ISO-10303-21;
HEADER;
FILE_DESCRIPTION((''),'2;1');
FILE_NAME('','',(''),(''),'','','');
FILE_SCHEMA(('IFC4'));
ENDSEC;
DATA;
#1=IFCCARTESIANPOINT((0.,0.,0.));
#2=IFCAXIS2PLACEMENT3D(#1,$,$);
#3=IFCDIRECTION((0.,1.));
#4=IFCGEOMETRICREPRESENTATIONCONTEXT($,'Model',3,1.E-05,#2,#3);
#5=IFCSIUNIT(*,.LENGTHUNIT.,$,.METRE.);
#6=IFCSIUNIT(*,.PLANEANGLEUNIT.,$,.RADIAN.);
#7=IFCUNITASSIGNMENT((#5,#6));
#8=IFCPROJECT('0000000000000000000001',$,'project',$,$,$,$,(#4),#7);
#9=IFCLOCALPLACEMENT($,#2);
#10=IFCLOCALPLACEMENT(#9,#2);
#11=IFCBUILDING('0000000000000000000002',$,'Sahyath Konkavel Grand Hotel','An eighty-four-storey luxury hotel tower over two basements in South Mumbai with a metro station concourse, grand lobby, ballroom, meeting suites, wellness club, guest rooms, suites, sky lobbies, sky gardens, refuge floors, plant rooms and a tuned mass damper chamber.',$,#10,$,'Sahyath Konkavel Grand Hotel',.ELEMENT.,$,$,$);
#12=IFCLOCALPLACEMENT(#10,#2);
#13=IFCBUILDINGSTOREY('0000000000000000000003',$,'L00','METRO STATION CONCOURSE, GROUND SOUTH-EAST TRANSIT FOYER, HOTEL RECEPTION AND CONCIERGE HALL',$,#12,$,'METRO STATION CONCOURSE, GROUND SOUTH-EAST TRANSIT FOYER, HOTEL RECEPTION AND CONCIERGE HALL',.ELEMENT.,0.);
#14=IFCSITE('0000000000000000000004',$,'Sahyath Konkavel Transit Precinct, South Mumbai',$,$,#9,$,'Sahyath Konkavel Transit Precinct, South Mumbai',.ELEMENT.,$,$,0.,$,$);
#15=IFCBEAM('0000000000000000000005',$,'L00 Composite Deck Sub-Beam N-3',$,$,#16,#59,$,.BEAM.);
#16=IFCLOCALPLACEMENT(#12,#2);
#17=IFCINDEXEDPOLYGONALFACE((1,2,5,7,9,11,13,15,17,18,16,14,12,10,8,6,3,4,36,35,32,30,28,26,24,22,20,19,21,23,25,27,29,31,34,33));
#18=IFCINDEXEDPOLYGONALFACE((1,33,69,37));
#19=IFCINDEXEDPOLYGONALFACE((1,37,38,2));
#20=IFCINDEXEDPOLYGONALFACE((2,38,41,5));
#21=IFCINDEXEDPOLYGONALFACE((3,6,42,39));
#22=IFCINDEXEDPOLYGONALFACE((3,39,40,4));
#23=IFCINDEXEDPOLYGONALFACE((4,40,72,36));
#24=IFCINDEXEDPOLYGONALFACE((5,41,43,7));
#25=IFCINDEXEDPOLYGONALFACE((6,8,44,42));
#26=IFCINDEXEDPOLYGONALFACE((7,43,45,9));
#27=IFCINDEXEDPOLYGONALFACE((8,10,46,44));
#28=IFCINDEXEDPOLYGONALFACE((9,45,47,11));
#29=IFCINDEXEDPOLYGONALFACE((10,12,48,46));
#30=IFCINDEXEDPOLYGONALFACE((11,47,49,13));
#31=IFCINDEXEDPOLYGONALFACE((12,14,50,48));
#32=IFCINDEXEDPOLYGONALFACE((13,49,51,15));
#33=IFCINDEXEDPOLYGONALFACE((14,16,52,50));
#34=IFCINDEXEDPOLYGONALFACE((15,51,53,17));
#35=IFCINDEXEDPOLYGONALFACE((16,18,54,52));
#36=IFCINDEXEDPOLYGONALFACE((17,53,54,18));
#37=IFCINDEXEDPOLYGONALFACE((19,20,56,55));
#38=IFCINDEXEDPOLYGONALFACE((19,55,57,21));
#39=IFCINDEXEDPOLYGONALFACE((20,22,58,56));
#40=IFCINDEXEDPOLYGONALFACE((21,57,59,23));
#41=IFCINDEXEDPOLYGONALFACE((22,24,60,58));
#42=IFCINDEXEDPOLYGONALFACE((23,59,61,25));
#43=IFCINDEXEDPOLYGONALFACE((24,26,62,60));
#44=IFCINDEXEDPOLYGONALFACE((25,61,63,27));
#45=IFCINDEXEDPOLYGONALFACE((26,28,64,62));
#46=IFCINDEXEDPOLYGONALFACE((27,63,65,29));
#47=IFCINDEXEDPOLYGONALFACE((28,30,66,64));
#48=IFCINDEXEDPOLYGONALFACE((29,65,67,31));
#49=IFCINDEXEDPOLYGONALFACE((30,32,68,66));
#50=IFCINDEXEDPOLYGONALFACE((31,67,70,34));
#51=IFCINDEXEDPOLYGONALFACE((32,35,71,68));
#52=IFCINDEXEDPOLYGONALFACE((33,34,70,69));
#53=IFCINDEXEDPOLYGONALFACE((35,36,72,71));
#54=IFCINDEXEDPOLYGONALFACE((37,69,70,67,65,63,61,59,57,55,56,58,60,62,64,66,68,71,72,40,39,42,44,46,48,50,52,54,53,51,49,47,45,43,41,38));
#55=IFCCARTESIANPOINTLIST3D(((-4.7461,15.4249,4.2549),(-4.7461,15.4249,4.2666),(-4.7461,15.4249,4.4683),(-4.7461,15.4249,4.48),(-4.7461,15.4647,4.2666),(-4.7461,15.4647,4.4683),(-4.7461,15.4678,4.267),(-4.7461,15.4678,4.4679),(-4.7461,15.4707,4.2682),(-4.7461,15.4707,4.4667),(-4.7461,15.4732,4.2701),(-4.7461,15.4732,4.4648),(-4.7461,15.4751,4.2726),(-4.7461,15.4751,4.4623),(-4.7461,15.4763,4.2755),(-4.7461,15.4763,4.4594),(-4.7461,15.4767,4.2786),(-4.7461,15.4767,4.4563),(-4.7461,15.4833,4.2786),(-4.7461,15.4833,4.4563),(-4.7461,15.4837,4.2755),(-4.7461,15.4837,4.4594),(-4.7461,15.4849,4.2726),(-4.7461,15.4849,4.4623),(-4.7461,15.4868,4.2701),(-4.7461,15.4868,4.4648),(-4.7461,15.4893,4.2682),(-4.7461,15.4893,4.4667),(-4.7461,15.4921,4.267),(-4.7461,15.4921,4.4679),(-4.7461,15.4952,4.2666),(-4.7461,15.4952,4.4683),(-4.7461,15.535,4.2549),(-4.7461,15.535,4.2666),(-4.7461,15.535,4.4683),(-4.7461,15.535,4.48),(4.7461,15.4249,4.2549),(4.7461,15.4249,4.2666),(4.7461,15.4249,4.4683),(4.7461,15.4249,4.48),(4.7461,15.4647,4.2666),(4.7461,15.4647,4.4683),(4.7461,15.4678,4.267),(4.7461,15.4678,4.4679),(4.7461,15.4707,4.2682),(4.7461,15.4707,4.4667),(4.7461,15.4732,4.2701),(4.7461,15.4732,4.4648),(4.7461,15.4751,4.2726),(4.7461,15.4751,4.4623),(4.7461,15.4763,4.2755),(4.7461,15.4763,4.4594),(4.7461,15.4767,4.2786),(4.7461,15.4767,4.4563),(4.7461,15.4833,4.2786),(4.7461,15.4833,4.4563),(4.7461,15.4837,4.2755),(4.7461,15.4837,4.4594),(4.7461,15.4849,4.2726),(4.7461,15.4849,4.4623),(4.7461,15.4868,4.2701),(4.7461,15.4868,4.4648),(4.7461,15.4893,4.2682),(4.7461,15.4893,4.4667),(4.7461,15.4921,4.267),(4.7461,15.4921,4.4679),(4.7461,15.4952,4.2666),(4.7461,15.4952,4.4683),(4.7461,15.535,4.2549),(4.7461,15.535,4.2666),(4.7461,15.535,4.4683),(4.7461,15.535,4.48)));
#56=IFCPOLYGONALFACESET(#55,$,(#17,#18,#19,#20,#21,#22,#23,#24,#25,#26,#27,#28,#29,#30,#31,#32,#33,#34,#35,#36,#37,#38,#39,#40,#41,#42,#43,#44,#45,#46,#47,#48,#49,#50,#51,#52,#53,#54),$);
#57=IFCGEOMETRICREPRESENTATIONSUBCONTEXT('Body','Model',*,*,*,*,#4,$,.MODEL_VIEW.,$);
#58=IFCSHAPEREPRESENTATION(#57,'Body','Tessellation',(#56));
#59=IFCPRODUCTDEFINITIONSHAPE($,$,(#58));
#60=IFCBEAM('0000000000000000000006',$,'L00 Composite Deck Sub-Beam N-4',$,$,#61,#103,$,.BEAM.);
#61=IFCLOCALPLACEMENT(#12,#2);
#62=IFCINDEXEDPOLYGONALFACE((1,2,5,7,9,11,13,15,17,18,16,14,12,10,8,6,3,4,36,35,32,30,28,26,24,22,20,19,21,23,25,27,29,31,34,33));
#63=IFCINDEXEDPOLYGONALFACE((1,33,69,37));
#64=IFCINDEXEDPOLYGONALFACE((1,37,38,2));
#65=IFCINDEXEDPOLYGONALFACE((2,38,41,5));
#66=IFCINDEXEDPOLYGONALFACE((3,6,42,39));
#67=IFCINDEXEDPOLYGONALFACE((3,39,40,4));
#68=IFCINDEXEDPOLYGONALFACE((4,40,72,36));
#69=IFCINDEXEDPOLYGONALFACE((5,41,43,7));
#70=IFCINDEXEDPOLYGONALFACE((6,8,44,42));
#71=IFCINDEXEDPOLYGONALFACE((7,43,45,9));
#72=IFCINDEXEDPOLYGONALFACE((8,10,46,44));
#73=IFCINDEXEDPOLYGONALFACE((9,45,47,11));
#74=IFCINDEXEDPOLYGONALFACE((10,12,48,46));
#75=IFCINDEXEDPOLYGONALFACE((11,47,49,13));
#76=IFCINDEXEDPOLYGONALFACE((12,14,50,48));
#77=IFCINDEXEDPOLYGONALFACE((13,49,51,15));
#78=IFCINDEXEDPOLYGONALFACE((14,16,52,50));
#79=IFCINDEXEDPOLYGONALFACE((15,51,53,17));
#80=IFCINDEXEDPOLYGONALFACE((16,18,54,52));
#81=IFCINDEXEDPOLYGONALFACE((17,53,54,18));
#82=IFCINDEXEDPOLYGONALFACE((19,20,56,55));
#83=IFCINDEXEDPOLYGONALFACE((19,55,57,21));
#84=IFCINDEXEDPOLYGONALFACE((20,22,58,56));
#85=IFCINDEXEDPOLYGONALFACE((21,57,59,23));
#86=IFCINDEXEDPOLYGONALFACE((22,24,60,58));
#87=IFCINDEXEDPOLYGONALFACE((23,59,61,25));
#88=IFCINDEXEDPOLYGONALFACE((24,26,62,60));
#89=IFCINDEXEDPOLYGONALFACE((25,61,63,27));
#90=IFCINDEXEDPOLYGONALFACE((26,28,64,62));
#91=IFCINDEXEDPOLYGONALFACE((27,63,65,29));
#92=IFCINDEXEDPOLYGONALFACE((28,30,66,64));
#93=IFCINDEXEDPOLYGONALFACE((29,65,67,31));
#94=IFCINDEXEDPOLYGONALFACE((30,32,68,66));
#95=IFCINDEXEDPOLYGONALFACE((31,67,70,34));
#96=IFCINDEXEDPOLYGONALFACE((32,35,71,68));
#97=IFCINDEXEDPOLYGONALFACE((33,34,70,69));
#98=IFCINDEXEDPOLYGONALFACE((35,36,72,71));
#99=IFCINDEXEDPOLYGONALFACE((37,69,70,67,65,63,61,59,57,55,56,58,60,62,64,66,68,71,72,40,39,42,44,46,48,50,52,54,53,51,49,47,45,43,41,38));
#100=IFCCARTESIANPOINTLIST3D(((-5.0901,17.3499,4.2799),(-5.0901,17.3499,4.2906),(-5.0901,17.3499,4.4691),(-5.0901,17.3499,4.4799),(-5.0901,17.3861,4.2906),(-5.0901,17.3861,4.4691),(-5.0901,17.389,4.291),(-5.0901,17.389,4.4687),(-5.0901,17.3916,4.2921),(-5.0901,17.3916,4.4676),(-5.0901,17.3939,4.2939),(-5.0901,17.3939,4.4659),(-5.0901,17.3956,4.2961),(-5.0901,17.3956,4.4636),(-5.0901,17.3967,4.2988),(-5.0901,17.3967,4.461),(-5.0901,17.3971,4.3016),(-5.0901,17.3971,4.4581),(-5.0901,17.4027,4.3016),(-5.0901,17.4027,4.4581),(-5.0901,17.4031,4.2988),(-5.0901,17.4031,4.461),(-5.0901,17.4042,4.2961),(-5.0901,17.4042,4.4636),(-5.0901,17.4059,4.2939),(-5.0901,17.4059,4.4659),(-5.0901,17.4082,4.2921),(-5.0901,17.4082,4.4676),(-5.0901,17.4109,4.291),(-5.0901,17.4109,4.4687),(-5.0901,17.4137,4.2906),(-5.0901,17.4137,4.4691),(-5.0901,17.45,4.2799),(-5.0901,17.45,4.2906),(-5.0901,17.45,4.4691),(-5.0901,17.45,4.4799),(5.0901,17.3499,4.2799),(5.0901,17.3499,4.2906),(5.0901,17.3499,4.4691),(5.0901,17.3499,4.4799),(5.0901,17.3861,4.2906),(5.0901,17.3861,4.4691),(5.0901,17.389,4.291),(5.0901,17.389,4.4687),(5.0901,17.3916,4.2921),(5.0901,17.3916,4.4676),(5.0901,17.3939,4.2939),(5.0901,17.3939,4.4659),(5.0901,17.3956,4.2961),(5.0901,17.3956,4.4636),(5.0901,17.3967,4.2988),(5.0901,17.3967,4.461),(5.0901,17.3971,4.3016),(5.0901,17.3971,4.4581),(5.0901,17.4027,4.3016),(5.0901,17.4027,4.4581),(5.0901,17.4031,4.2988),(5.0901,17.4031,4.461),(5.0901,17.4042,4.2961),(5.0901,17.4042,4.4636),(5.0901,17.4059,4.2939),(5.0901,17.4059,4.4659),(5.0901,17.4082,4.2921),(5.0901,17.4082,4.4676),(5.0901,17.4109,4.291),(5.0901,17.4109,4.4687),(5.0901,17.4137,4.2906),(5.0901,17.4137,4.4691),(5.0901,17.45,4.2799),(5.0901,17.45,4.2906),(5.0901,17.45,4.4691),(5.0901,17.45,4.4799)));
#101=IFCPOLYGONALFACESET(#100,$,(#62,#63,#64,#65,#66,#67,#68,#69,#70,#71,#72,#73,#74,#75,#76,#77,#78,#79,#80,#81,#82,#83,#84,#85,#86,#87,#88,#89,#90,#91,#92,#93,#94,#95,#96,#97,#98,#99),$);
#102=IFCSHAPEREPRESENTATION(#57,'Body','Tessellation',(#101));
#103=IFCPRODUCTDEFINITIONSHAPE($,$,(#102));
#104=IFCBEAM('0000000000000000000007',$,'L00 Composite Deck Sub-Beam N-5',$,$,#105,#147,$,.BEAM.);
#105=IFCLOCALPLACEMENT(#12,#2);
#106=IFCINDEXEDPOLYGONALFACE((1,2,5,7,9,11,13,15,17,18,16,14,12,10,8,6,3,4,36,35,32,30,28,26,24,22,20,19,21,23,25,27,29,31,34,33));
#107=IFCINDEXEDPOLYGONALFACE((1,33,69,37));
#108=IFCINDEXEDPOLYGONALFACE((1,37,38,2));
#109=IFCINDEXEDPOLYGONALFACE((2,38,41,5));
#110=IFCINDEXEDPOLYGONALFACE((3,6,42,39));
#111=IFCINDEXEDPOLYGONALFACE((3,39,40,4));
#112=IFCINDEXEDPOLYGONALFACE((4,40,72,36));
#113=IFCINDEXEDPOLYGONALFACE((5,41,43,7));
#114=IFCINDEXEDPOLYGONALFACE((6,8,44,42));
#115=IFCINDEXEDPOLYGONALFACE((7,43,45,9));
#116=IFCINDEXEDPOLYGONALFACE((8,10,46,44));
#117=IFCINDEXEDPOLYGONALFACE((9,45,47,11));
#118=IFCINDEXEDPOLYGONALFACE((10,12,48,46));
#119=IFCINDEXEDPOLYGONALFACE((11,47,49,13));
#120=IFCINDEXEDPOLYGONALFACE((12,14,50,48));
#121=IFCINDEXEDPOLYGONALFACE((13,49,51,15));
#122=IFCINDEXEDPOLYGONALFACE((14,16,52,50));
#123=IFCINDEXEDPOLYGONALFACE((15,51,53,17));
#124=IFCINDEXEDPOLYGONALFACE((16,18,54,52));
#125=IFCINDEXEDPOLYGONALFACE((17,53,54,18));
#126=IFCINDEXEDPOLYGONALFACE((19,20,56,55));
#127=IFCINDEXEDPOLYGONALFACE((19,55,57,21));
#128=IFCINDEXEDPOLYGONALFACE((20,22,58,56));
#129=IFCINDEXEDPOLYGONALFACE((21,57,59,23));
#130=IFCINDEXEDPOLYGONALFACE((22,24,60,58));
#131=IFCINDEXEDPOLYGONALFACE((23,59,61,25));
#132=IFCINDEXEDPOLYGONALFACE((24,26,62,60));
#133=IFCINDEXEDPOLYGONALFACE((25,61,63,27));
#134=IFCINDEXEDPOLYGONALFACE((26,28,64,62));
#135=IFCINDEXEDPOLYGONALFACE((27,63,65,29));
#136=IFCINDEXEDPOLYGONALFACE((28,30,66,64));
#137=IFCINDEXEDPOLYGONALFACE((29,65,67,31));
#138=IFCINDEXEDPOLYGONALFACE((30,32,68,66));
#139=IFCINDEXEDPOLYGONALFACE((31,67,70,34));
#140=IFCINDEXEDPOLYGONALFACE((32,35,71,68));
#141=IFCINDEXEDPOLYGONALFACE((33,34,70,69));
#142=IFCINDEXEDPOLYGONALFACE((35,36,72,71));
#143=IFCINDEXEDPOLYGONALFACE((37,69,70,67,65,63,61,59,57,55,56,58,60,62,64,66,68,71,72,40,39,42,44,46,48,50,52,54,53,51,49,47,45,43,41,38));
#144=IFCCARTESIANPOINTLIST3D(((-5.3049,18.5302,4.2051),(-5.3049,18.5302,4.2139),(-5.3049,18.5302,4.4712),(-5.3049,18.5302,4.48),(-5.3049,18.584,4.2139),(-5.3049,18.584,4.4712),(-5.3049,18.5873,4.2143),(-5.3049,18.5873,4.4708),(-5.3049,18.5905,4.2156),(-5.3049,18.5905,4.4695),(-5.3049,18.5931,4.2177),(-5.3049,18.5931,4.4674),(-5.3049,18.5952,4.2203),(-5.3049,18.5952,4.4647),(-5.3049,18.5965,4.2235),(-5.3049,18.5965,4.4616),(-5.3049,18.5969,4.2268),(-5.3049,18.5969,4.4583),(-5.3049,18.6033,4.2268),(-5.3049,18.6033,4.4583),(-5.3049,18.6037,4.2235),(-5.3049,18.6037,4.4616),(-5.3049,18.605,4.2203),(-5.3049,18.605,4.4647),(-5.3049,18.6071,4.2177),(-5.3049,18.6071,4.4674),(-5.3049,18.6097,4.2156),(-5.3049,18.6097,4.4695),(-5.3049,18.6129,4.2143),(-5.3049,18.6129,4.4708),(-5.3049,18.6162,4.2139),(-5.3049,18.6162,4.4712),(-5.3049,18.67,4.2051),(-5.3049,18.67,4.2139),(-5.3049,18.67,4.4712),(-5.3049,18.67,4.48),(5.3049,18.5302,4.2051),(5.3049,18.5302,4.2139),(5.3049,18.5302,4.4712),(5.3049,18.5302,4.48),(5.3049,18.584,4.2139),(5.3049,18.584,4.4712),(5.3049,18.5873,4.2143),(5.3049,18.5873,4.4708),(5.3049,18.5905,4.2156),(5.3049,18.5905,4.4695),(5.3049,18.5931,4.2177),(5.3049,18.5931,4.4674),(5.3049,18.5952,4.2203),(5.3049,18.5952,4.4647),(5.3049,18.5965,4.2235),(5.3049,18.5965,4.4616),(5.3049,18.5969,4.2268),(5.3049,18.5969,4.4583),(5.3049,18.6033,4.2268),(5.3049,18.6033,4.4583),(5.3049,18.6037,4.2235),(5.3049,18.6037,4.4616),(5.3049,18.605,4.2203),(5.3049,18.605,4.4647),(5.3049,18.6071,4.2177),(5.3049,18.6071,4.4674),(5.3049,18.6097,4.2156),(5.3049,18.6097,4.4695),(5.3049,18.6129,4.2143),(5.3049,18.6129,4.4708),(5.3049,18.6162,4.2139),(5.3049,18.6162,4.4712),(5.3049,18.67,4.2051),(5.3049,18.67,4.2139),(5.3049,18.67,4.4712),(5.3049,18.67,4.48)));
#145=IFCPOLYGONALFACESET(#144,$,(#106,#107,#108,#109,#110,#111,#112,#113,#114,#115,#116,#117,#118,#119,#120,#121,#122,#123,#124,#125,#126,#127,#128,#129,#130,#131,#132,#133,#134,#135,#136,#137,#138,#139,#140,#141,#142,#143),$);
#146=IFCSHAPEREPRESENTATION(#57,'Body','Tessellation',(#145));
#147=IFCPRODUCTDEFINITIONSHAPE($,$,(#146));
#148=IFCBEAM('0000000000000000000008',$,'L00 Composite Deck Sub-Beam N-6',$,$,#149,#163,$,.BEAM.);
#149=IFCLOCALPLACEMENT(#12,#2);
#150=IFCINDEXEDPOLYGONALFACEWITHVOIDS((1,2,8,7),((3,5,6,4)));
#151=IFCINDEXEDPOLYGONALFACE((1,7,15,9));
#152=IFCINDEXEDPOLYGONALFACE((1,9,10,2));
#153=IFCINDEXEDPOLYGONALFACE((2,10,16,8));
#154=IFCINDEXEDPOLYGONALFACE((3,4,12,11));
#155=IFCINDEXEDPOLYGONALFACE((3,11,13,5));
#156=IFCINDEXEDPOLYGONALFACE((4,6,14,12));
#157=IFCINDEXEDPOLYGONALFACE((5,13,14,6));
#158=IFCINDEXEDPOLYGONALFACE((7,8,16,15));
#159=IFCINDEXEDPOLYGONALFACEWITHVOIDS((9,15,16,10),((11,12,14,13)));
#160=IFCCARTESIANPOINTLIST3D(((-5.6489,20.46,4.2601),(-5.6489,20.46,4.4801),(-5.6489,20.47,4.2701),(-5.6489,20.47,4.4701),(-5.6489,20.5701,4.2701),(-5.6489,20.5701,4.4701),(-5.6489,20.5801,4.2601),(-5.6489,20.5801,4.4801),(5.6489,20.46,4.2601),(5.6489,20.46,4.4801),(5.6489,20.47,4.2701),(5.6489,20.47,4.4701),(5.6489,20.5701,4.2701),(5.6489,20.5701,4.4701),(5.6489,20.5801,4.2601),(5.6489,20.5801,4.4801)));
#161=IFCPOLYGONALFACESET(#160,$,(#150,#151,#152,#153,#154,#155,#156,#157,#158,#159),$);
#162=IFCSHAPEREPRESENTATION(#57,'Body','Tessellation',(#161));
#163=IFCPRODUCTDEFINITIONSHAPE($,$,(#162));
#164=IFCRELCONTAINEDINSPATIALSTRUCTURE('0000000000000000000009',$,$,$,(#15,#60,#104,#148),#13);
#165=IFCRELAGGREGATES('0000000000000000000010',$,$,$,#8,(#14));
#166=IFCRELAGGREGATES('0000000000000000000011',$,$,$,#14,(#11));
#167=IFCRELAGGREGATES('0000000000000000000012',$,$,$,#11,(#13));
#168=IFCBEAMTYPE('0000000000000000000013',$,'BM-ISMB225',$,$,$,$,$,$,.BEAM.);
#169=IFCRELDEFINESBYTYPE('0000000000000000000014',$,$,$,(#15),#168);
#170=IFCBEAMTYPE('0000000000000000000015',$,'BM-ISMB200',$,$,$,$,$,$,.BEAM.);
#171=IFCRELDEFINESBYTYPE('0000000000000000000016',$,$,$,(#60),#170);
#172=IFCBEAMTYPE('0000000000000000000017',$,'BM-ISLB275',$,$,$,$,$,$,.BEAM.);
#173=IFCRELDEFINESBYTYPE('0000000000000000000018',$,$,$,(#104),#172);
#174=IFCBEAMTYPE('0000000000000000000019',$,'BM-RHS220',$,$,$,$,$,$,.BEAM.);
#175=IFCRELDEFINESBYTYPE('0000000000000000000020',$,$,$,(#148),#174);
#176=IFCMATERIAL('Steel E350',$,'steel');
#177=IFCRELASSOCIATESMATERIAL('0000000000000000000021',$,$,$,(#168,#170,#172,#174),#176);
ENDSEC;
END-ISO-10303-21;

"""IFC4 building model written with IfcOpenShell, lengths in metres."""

from ifc_helpers import new_model, si_unit, direction, frame, origin, origin_2d, place, context, subcontext, project, spatial, hollow_rectangle, i_section, extrude, source, transform, mapped, material, material_profile, profile_set, type_object, element, save


model = new_model("IFC4")

# Units and contexts
model_context = context("Model", 3, precision=1e-05, world=origin(), true_north=direction((0.0, 1.0)))
body_context = subcontext(model_context, "Body", "Model", "MODEL_VIEW")
ifc_project = project(units=[si_unit("LENGTHUNIT", "METRE"), si_unit("PLANEANGLEUNIT", "RADIAN")], contexts=[model_context])

# Site, building, storey
site_placement = place(None, origin())
site = spatial("IfcSite", under=ifc_project, at=site_placement, Name="Sahyath Konkavel Transit Precinct, South Mumbai", LongName="Sahyath Konkavel Transit Precinct, South Mumbai", CompositionType="ELEMENT", RefElevation=0.0)
building_placement = place(site_placement, origin())
building = spatial("IfcBuilding", under=site, at=building_placement, Name="Sahyath Konkavel Grand Hotel", Description="An eighty-four-storey luxury hotel tower over two basements in South Mumbai with a metro station concourse, grand lobby, ballroom, meeting suites, wellness club, guest rooms, suites, sky lobbies, sky gardens, refuge floors, plant rooms and a tuned mass damper chamber.", LongName="Sahyath Konkavel Grand Hotel", CompositionType="ELEMENT")
storey_placement = place(building_placement, origin())
storey = spatial("IfcBuildingStorey", under=building, at=storey_placement, Name="L00", Description="METRO STATION CONCOURSE, GROUND SOUTH-EAST TRANSIT FOYER, HOTEL RECEPTION AND CONCIERGE HALL", LongName="METRO STATION CONCOURSE, GROUND SOUTH-EAST TRANSIT FOYER, HOTEL RECEPTION AND CONCIERGE HALL", CompositionType="ELEMENT", Elevation=0.0)

# Beams
ifc_material_1 = material(Name="Steel E350", Category="steel")
ifc_material_profile_1 = material_profile(ifc_material_1, i_section(OverallWidth=0.1101, OverallDepth=0.2251, WebThickness=0.0066, FlangeThickness=0.0117, FilletRadius=0.012, at=origin_2d()), Name="ISMB 225")
ifc_profile_set_1 = profile_set([ifc_material_profile_1], Name="Steel E350")
beam_type_1 = type_object("IfcBeamType", Name="BM-ISMB225", PredefinedType="BEAM", material=ifc_profile_set_1)
shared_shape_1 = source(origin(), body_context, "Body", "SweptSolid", [
    extrude(i_section(OverallWidth=0.1101, OverallDepth=0.2251, WebThickness=0.0066, FlangeThickness=0.0117, FilletRadius=0.012, at=origin_2d()), origin(), (0.0, 0.0, 1.0), 9.4922),
])
beam_1_placement = place(storey_placement, frame((4.7461, 15.48, 4.3674), z_axis=(-1.0, 0.0, 0.0), x_axis=(0.0, -1.0, 0.0)))
element("IfcBeam", 1, at=beam_1_placement, inside=storey, type_object=beam_type_1, Name="L00 Composite Deck Sub-Beam N-3", PredefinedType="BEAM", context=body_context, shape_type="MappedRepresentation", body=[
    mapped(shared_shape_1, transform((0.0, 0.0, 0.0), scale=1.0)),
])
ifc_material_profile_2 = material_profile(ifc_material_1, i_section(OverallWidth=0.1001, OverallDepth=0.2, WebThickness=0.0056, FlangeThickness=0.0107, FilletRadius=0.011, at=origin_2d()), Name="ISMB 200")
ifc_profile_set_2 = profile_set([ifc_material_profile_2], Name="Steel E350")
beam_type_2 = type_object("IfcBeamType", Name="BM-ISMB200", PredefinedType="BEAM", material=ifc_profile_set_2)
shared_shape_2 = source(origin(), body_context, "Body", "SweptSolid", [
    extrude(i_section(OverallWidth=0.1001, OverallDepth=0.2, WebThickness=0.0056, FlangeThickness=0.0107, FilletRadius=0.011, at=origin_2d()), origin(), (0.0, 0.0, 1.0), 10.1802),
])
beam_2_placement = place(storey_placement, frame((5.0901, 17.3999, 4.3799), z_axis=(-1.0, 0.0, 0.0), x_axis=(0.0, -1.0, 0.0)))
element("IfcBeam", 2, at=beam_2_placement, inside=storey, type_object=beam_type_2, Name="L00 Composite Deck Sub-Beam N-4", PredefinedType="BEAM", context=body_context, shape_type="MappedRepresentation", body=[
    mapped(shared_shape_2, transform((0.0, 0.0, 0.0), scale=1.0)),
])
ifc_material_profile_3 = material_profile(ifc_material_1, i_section(OverallWidth=0.1399, OverallDepth=0.2749, WebThickness=0.0063, FlangeThickness=0.0088, FilletRadius=0.0129, at=origin_2d()), Name="ISLB 275")
ifc_profile_set_3 = profile_set([ifc_material_profile_3], Name="Steel E350")
beam_type_3 = type_object("IfcBeamType", Name="BM-ISLB275", PredefinedType="BEAM", material=ifc_profile_set_3)
shared_shape_3 = source(origin(), body_context, "Body", "SweptSolid", [
    extrude(i_section(OverallWidth=0.1399, OverallDepth=0.2749, WebThickness=0.0063, FlangeThickness=0.0088, FilletRadius=0.0129, at=origin_2d()), origin(), (0.0, 0.0, 1.0), 10.6099),
])
beam_3_placement = place(storey_placement, frame((5.3049, 18.6001, 4.3425), z_axis=(-1.0, 0.0, 0.0), x_axis=(0.0, -1.0, 0.0)))
element("IfcBeam", 3, at=beam_3_placement, inside=storey, type_object=beam_type_3, Name="L00 Composite Deck Sub-Beam N-5", PredefinedType="BEAM", context=body_context, shape_type="MappedRepresentation", body=[
    mapped(shared_shape_3, transform((0.0, 0.0, 0.0), scale=1.0)),
])
ifc_material_profile_4 = material_profile(ifc_material_1, hollow_rectangle(XDim=0.1201, YDim=0.22, WallThickness=0.01, at=origin_2d()), Name="RHS 220x120x10")
ifc_profile_set_4 = profile_set([ifc_material_profile_4], Name="Steel E350")
beam_type_4 = type_object("IfcBeamType", Name="BM-RHS220", PredefinedType="BEAM", material=ifc_profile_set_4)
shared_shape_4 = source(origin(), body_context, "Body", "SweptSolid", [
    extrude(hollow_rectangle(XDim=0.1201, YDim=0.22, WallThickness=0.01, at=origin_2d()), origin(), (0.0, 0.0, 1.0), 11.2979),
])
beam_4_placement = place(storey_placement, frame((5.6489, 20.52, 4.3701), z_axis=(-1.0, 0.0, 0.0), x_axis=(0.0, -1.0, 0.0)))
element("IfcBeam", 4, at=beam_4_placement, inside=storey, type_object=beam_type_4, Name="L00 Composite Deck Sub-Beam N-6", PredefinedType="BEAM", context=body_context, shape_type="MappedRepresentation", body=[
    mapped(shared_shape_4, transform((0.0, 0.0, 0.0), scale=1.0)),
])

save(model, "model.ifc")
